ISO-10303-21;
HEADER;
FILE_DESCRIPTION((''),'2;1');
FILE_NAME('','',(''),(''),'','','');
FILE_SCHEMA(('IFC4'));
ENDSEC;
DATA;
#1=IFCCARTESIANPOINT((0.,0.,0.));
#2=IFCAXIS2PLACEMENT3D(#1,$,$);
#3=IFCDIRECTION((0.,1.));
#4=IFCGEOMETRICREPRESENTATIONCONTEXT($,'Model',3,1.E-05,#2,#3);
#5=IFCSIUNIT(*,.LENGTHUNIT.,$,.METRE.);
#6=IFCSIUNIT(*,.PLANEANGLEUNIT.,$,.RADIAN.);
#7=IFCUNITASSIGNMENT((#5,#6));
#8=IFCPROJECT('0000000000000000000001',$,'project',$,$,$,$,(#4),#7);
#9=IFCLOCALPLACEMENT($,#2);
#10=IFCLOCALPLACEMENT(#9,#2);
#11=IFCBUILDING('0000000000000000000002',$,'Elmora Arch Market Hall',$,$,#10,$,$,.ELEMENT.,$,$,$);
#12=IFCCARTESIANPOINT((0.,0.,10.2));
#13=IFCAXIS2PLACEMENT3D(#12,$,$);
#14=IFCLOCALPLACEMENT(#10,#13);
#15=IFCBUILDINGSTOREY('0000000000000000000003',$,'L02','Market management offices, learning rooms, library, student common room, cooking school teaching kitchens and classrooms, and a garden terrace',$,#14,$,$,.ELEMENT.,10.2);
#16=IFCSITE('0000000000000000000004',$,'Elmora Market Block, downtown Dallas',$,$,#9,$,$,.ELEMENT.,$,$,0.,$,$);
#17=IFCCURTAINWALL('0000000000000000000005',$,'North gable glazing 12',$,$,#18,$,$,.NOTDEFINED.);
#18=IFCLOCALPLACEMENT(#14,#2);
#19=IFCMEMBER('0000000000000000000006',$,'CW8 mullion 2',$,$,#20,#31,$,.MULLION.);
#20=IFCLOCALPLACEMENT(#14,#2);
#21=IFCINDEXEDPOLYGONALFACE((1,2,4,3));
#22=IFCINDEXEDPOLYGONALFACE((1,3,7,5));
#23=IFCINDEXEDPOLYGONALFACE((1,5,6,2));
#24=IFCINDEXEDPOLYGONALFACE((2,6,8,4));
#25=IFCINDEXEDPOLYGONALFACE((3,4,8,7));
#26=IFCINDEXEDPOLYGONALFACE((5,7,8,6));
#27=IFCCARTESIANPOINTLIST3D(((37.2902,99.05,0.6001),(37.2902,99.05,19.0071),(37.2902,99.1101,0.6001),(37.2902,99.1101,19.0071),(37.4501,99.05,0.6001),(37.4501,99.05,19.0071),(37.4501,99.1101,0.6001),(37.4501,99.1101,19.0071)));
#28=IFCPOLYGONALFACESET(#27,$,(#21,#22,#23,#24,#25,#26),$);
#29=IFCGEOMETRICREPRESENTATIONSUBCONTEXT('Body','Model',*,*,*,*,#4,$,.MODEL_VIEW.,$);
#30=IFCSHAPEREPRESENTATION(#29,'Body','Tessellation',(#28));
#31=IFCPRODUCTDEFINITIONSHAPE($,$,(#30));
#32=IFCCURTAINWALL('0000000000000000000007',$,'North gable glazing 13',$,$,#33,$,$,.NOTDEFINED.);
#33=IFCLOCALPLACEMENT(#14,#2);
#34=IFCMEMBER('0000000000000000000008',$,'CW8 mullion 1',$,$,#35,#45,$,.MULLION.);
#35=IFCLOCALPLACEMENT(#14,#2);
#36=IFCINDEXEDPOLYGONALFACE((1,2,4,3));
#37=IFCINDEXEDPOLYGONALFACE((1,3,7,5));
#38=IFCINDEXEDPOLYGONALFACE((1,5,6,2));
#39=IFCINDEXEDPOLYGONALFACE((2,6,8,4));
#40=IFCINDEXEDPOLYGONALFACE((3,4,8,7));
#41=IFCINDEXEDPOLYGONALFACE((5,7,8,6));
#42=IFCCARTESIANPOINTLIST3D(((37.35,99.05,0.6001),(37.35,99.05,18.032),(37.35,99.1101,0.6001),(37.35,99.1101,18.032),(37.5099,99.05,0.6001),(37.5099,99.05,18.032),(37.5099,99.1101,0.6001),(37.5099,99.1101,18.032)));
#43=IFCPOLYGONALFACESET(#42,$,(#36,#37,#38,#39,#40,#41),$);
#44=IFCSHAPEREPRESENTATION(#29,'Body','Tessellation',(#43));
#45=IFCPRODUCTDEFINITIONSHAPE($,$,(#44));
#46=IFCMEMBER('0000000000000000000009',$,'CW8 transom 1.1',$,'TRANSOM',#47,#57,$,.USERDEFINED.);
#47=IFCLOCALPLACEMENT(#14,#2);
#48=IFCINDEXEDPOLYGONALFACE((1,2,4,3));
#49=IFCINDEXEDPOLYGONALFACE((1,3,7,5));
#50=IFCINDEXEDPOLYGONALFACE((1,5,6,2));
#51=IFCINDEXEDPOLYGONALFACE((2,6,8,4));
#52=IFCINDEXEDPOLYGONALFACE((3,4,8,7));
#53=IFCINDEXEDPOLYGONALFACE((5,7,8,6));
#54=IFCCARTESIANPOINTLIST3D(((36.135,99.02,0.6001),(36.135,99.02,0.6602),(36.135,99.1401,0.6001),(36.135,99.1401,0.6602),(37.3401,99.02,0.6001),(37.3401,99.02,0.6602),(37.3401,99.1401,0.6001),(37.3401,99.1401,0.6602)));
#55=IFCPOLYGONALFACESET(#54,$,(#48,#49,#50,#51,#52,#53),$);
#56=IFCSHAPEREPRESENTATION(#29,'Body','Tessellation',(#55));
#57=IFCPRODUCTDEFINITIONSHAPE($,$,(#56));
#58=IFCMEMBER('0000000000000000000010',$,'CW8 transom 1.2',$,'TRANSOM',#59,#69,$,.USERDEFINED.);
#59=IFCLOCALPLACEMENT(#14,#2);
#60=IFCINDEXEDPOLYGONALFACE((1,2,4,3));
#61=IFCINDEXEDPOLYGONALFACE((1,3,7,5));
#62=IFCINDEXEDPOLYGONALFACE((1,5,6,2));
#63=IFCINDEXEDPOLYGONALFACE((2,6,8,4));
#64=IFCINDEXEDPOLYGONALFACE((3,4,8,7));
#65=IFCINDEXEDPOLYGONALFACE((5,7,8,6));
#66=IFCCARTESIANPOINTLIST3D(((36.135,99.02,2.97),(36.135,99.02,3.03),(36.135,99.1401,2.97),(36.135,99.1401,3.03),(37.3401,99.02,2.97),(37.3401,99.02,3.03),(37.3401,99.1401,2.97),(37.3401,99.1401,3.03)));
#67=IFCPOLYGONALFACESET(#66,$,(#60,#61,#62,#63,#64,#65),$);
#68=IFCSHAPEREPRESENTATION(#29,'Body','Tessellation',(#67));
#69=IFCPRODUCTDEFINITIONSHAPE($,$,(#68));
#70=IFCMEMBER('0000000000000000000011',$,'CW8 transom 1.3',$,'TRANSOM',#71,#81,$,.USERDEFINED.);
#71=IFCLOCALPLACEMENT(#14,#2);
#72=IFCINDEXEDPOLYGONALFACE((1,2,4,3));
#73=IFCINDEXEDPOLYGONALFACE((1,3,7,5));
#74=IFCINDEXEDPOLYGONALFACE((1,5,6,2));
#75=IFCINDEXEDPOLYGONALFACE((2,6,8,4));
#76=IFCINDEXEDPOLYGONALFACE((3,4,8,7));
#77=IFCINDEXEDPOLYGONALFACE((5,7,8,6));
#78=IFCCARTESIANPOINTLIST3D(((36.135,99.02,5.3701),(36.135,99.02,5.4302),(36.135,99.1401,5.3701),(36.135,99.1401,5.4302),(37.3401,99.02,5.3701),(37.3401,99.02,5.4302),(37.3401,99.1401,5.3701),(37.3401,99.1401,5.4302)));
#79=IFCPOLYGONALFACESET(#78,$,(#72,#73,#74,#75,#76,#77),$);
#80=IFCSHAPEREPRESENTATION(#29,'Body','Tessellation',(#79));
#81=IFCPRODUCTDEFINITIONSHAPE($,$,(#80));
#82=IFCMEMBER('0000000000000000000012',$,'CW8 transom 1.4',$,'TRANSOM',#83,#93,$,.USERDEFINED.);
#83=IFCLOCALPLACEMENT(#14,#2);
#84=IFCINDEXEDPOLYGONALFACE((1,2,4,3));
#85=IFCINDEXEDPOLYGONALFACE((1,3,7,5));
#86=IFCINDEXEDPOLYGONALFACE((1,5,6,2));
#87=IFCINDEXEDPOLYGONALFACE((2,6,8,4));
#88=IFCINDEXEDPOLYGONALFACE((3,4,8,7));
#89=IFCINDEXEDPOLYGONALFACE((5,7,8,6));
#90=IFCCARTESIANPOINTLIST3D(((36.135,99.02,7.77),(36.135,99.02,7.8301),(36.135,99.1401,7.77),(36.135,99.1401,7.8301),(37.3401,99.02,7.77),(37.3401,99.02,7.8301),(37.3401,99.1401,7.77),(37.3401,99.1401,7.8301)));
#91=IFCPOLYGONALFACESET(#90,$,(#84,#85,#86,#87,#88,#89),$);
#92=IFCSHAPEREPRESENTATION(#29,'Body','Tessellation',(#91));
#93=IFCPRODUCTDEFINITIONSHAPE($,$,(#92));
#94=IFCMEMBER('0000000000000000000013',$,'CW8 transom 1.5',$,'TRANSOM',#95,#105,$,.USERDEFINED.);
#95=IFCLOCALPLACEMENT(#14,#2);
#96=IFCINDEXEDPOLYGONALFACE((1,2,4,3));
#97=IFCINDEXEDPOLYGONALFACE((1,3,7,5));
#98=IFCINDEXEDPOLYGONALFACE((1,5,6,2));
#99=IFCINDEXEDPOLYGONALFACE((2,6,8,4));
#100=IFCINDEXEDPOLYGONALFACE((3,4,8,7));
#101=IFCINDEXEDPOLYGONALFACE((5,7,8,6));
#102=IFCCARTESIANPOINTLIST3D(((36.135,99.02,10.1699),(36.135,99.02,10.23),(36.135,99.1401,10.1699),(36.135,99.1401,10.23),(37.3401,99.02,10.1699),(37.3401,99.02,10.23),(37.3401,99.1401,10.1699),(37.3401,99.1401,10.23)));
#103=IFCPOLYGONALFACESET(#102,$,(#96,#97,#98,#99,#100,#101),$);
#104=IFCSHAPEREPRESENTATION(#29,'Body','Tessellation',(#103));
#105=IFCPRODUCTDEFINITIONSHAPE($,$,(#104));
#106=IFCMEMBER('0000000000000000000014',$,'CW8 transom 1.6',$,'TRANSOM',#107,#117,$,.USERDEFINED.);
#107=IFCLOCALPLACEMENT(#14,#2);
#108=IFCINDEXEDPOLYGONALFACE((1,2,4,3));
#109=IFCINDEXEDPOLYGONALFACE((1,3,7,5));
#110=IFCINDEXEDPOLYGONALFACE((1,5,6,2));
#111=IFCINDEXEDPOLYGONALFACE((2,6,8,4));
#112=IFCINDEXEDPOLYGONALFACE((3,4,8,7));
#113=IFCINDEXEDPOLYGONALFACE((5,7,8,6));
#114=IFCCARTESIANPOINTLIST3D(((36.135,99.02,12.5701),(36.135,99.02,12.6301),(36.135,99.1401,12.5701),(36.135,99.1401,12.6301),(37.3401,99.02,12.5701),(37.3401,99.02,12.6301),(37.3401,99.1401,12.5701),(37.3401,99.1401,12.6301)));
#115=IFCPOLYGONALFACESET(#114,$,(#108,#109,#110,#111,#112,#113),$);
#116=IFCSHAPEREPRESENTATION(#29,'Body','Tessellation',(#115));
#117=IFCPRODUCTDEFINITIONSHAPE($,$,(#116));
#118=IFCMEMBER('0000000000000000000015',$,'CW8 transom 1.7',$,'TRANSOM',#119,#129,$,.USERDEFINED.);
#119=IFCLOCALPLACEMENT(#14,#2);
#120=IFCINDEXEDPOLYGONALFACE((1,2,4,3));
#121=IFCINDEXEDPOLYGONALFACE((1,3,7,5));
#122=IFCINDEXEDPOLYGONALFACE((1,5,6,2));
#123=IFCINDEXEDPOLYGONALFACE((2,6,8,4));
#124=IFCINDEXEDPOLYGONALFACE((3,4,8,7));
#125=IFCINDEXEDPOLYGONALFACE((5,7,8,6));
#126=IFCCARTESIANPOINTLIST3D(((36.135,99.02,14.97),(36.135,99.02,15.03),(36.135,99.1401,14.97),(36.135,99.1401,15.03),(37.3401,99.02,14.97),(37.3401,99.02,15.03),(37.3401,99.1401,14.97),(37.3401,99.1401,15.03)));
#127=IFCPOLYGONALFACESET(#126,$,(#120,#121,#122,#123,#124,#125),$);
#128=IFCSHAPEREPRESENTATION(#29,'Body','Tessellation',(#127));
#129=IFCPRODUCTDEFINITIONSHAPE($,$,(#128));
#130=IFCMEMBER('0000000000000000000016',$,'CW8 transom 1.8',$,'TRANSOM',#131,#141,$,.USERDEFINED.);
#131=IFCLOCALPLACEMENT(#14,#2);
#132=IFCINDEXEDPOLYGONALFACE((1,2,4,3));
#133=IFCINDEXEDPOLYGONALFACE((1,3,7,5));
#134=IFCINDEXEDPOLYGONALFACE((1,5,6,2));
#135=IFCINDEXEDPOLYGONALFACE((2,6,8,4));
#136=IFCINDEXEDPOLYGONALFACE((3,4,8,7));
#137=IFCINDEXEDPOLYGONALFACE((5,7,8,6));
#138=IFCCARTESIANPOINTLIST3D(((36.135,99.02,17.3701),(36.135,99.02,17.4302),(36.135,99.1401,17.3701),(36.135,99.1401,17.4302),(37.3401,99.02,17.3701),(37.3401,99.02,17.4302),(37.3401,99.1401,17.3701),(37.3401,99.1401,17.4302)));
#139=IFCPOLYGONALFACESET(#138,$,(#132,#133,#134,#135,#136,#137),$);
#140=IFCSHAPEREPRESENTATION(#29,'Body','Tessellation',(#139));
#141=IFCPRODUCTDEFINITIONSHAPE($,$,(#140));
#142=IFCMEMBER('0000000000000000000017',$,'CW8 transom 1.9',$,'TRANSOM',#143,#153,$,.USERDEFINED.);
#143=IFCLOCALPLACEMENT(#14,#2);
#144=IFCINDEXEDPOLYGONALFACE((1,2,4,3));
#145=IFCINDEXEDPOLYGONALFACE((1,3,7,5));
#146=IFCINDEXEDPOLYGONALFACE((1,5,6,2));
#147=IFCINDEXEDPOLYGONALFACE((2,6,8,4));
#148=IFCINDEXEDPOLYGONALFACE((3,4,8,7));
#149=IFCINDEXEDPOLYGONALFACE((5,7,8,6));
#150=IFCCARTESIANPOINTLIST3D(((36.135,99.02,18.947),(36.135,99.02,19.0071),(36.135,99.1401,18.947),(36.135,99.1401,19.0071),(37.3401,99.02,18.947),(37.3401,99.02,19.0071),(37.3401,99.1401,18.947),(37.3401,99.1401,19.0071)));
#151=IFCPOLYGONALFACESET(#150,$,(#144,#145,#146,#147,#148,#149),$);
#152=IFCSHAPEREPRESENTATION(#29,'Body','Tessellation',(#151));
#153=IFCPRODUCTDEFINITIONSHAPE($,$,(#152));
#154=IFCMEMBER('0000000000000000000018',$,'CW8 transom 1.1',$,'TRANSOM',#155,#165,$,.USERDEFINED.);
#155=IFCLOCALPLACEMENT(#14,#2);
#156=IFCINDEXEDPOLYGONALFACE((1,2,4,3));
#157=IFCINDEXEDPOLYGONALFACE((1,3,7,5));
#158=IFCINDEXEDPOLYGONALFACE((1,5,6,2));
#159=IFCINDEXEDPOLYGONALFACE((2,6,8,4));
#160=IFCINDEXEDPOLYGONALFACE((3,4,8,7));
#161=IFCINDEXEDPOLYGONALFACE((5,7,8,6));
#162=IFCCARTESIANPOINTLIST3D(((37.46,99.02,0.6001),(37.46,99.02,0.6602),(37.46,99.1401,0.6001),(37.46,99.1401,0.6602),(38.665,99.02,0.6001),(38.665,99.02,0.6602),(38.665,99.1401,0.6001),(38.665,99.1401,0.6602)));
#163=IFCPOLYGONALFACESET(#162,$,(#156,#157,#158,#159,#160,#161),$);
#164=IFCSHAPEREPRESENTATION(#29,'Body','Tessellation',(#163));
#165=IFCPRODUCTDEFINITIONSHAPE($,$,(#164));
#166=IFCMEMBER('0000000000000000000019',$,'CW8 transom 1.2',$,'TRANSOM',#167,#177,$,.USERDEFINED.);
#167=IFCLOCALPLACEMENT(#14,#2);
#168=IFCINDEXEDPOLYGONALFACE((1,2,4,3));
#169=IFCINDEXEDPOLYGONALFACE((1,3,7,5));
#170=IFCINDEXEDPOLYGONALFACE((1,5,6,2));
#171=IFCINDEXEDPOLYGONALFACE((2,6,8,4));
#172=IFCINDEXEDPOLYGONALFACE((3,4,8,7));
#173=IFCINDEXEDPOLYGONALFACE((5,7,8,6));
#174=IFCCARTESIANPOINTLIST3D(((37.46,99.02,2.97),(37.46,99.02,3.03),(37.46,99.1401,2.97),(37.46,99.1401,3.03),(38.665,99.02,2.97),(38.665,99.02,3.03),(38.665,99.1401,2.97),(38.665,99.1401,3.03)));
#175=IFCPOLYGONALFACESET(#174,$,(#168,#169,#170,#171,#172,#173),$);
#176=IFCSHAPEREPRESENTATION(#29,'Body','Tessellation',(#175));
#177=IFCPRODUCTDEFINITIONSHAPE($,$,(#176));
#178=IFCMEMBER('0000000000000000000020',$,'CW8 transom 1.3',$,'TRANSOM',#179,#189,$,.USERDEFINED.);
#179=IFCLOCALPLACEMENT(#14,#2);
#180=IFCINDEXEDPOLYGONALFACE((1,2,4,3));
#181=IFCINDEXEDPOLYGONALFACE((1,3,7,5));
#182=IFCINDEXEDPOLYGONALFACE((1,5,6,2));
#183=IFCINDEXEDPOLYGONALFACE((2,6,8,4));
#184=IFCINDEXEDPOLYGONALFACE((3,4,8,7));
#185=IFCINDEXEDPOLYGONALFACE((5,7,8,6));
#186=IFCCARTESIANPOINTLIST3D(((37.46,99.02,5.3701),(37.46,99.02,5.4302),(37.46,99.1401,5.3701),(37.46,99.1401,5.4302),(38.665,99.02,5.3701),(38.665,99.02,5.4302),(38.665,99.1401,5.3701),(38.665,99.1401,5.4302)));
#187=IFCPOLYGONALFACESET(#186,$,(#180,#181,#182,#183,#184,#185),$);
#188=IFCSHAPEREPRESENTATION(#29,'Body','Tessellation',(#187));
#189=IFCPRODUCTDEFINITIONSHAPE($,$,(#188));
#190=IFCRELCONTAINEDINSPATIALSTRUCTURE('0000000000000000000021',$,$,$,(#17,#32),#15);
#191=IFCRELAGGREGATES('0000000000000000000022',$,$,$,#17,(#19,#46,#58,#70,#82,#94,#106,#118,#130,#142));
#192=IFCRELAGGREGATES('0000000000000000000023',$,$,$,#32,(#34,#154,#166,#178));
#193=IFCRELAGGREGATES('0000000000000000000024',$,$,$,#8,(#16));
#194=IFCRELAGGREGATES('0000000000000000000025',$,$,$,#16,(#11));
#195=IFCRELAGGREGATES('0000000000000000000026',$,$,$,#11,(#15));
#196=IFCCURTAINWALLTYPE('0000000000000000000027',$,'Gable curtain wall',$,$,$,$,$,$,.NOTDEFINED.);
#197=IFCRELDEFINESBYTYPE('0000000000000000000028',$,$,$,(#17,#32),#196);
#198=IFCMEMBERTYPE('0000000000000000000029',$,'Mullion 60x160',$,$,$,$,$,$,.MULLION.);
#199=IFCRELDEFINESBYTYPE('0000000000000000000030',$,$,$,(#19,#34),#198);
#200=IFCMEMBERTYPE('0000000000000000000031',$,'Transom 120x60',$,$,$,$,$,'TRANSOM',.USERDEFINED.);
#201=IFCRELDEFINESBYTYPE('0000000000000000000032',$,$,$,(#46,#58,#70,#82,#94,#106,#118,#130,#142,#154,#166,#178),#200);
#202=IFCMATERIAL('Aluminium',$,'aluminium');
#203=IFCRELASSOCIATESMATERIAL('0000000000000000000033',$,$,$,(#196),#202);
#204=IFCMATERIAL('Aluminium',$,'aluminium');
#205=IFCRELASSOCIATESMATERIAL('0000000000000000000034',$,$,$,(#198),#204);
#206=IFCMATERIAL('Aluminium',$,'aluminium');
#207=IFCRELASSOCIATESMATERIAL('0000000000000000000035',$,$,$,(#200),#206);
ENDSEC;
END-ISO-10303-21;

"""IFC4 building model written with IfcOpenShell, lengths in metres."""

from ifc_helpers import new_model, si_unit, direction, frame, origin, origin_2d, place, context, subcontext, project, spatial, rectangle, extrude, material, material_profile, profile_set, type_object, element, aggregate, save


model = new_model("IFC4")

# Units and contexts
model_context = context("Model", 3, precision=1e-05, world=origin(), true_north=direction((0.0, 1.0)))
body_context = subcontext(model_context, "Body", "Model", "MODEL_VIEW")
ifc_project = project(units=[si_unit("LENGTHUNIT", "METRE"), si_unit("PLANEANGLEUNIT", "RADIAN")], contexts=[model_context])

# Site, building, storey
site_placement = place(None, origin())
site = spatial("IfcSite", under=ifc_project, at=site_placement, Name="Elmora Market Block, downtown Dallas", CompositionType="ELEMENT", RefElevation=0.0)
building_placement = place(site_placement, origin())
building = spatial("IfcBuilding", under=site, at=building_placement, Name="Elmora Arch Market Hall", CompositionType="ELEMENT")
storey_placement = place(building_placement, frame((0.0, 0.0, 10.2)))
storey = spatial("IfcBuildingStorey", under=building, at=storey_placement, Name="L02", Description="Market management offices, learning rooms, library, student common room, cooking school teaching kitchens and classrooms, and a garden terrace", CompositionType="ELEMENT", Elevation=10.2)

# Curtain walls, members
ifc_material_1 = material(Name="Aluminium", Category="aluminium")
curtain_wall_type = type_object("IfcCurtainWallType", Name="Gable curtain wall", PredefinedType="NOTDEFINED", material=ifc_material_1)
curtain_wall_1_placement = place(storey_placement, origin())
curtain_wall_1 = element("IfcCurtainWall", 1, at=curtain_wall_1_placement, inside=storey, type_object=curtain_wall_type, Name="North gable glazing 12", PredefinedType="NOTDEFINED")
ifc_material_2 = material(Name="Aluminium", Category="aluminium")
ifc_material_profile_1 = material_profile(ifc_material_2, rectangle(XDim=0.0601, YDim=0.1599, at=origin_2d()), Name="AL 60x160")
ifc_profile_set_1 = profile_set([ifc_material_profile_1], Name="Aluminium")
member_type_1 = type_object("IfcMemberType", Name="Mullion 60x160", PredefinedType="MULLION", material=ifc_profile_set_1)
member_1_placement = place(storey_placement, frame((37.3701, 99.0801, 0.6001), z_axis=(0.0, 0.0, 1.0), x_axis=(0.0, 1.0, 0.0)))
member_1 = element("IfcMember", 2, at=member_1_placement, type_object=member_type_1, Name="CW8 mullion 2", PredefinedType="MULLION", context=body_context, shape_type="SweptSolid", body=[
    extrude(rectangle(XDim=0.0601, YDim=0.1599, at=origin_2d()), origin(), (0.0, 0.0, 1.0), 18.407),
])
curtain_wall_2_placement = place(storey_placement, origin())
curtain_wall_2 = element("IfcCurtainWall", 3, at=curtain_wall_2_placement, inside=storey, type_object=curtain_wall_type, Name="North gable glazing 13", PredefinedType="NOTDEFINED")
member_2_placement = place(storey_placement, frame((37.4299, 99.0801, 0.6001), z_axis=(0.0, 0.0, 1.0), x_axis=(0.0, 1.0, 0.0)))
member_2 = element("IfcMember", 4, at=member_2_placement, type_object=member_type_1, Name="CW8 mullion 1", PredefinedType="MULLION", context=body_context, shape_type="SweptSolid", body=[
    extrude(rectangle(XDim=0.0601, YDim=0.1599, at=origin_2d()), origin(), (0.0, 0.0, 1.0), 17.4319),
])

# Members
ifc_material_3 = material(Name="Aluminium", Category="aluminium")
ifc_material_profile_2 = material_profile(ifc_material_3, rectangle(XDim=0.1201, YDim=0.0601, at=origin_2d()), Name="AL 120x60")
ifc_profile_set_2 = profile_set([ifc_material_profile_2], Name="Aluminium")
member_type_2 = type_object("IfcMemberType", Name="Transom 120x60", ElementType="TRANSOM", PredefinedType="USERDEFINED", material=ifc_profile_set_2)
member_3_placement = place(storey_placement, frame((36.135, 99.0801, 0.6301), z_axis=(1.0, 0.0, 0.0), x_axis=(0.0, 1.0, 0.0)))
member_3 = element("IfcMember", 5, at=member_3_placement, type_object=member_type_2, Name="CW8 transom 1.1", ObjectType="TRANSOM", PredefinedType="USERDEFINED", context=body_context, shape_type="SweptSolid", body=[
    extrude(rectangle(XDim=0.1201, YDim=0.0601, at=origin_2d()), origin(), (0.0, 0.0, 1.0), 1.2051),
])
member_4_placement = place(storey_placement, frame((36.135, 99.0801, 3.0), z_axis=(1.0, 0.0, 0.0), x_axis=(0.0, 1.0, 0.0)))
member_4 = element("IfcMember", 6, at=member_4_placement, type_object=member_type_2, Name="CW8 transom 1.2", ObjectType="TRANSOM", PredefinedType="USERDEFINED", context=body_context, shape_type="SweptSolid", body=[
    extrude(rectangle(XDim=0.1201, YDim=0.0601, at=origin_2d()), origin(), (0.0, 0.0, 1.0), 1.2051),
])
member_5_placement = place(storey_placement, frame((36.135, 99.0801, 5.4001), z_axis=(1.0, 0.0, 0.0), x_axis=(0.0, 1.0, 0.0)))
member_5 = element("IfcMember", 7, at=member_5_placement, type_object=member_type_2, Name="CW8 transom 1.3", ObjectType="TRANSOM", PredefinedType="USERDEFINED", context=body_context, shape_type="SweptSolid", body=[
    extrude(rectangle(XDim=0.1201, YDim=0.0601, at=origin_2d()), origin(), (0.0, 0.0, 1.0), 1.2051),
])
member_6_placement = place(storey_placement, frame((36.135, 99.0801, 7.8), z_axis=(1.0, 0.0, 0.0), x_axis=(0.0, 1.0, 0.0)))
member_6 = element("IfcMember", 8, at=member_6_placement, type_object=member_type_2, Name="CW8 transom 1.4", ObjectType="TRANSOM", PredefinedType="USERDEFINED", context=body_context, shape_type="SweptSolid", body=[
    extrude(rectangle(XDim=0.1201, YDim=0.0601, at=origin_2d()), origin(), (0.0, 0.0, 1.0), 1.2051),
])
member_7_placement = place(storey_placement, frame((36.135, 99.0801, 10.2), z_axis=(1.0, 0.0, 0.0), x_axis=(0.0, 1.0, 0.0)))
member_7 = element("IfcMember", 9, at=member_7_placement, type_object=member_type_2, Name="CW8 transom 1.5", ObjectType="TRANSOM", PredefinedType="USERDEFINED", context=body_context, shape_type="SweptSolid", body=[
    extrude(rectangle(XDim=0.1201, YDim=0.0601, at=origin_2d()), origin(), (0.0, 0.0, 1.0), 1.2051),
])
member_8_placement = place(storey_placement, frame((36.135, 99.0801, 12.6001), z_axis=(1.0, 0.0, 0.0), x_axis=(0.0, 1.0, 0.0)))
member_8 = element("IfcMember", 10, at=member_8_placement, type_object=member_type_2, Name="CW8 transom 1.6", ObjectType="TRANSOM", PredefinedType="USERDEFINED", context=body_context, shape_type="SweptSolid", body=[
    extrude(rectangle(XDim=0.1201, YDim=0.0601, at=origin_2d()), origin(), (0.0, 0.0, 1.0), 1.2051),
])
member_9_placement = place(storey_placement, frame((36.135, 99.0801, 15.0), z_axis=(1.0, 0.0, 0.0), x_axis=(0.0, 1.0, 0.0)))
member_9 = element("IfcMember", 11, at=member_9_placement, type_object=member_type_2, Name="CW8 transom 1.7", ObjectType="TRANSOM", PredefinedType="USERDEFINED", context=body_context, shape_type="SweptSolid", body=[
    extrude(rectangle(XDim=0.1201, YDim=0.0601, at=origin_2d()), origin(), (0.0, 0.0, 1.0), 1.2051),
])
member_10_placement = place(storey_placement, frame((36.135, 99.0801, 17.4001), z_axis=(1.0, 0.0, 0.0), x_axis=(0.0, 1.0, 0.0)))
member_10 = element("IfcMember", 12, at=member_10_placement, type_object=member_type_2, Name="CW8 transom 1.8", ObjectType="TRANSOM", PredefinedType="USERDEFINED", context=body_context, shape_type="SweptSolid", body=[
    extrude(rectangle(XDim=0.1201, YDim=0.0601, at=origin_2d()), origin(), (0.0, 0.0, 1.0), 1.2051),
])
member_11_placement = place(storey_placement, frame((36.135, 99.0801, 18.9771), z_axis=(1.0, 0.0, 0.0), x_axis=(0.0, 1.0, 0.0)))
member_11 = element("IfcMember", 13, at=member_11_placement, type_object=member_type_2, Name="CW8 transom 1.9", ObjectType="TRANSOM", PredefinedType="USERDEFINED", context=body_context, shape_type="SweptSolid", body=[
    extrude(rectangle(XDim=0.1201, YDim=0.0601, at=origin_2d()), origin(), (0.0, 0.0, 1.0), 1.2051),
])
member_12_placement = place(storey_placement, frame((37.46, 99.0801, 0.6301), z_axis=(1.0, 0.0, 0.0), x_axis=(0.0, 1.0, 0.0)))
member_12 = element("IfcMember", 14, at=member_12_placement, type_object=member_type_2, Name="CW8 transom 1.1", ObjectType="TRANSOM", PredefinedType="USERDEFINED", context=body_context, shape_type="SweptSolid", body=[
    extrude(rectangle(XDim=0.1201, YDim=0.0601, at=origin_2d()), origin(), (0.0, 0.0, 1.0), 1.2051),
])
member_13_placement = place(storey_placement, frame((37.46, 99.0801, 3.0), z_axis=(1.0, 0.0, 0.0), x_axis=(0.0, 1.0, 0.0)))
member_13 = element("IfcMember", 15, at=member_13_placement, type_object=member_type_2, Name="CW8 transom 1.2", ObjectType="TRANSOM", PredefinedType="USERDEFINED", context=body_context, shape_type="SweptSolid", body=[
    extrude(rectangle(XDim=0.1201, YDim=0.0601, at=origin_2d()), origin(), (0.0, 0.0, 1.0), 1.2051),
])
member_14_placement = place(storey_placement, frame((37.46, 99.0801, 5.4001), z_axis=(1.0, 0.0, 0.0), x_axis=(0.0, 1.0, 0.0)))
member_14 = element("IfcMember", 16, at=member_14_placement, type_object=member_type_2, Name="CW8 transom 1.3", ObjectType="TRANSOM", PredefinedType="USERDEFINED", context=body_context, shape_type="SweptSolid", body=[
    extrude(rectangle(XDim=0.1201, YDim=0.0601, at=origin_2d()), origin(), (0.0, 0.0, 1.0), 1.2051),
])

aggregate(curtain_wall_1, [member_1, member_3, member_4, member_5, member_6, member_7, member_8, member_9, member_10, member_11])
aggregate(curtain_wall_2, [member_2, member_12, member_13, member_14])

save(model, "model.ifc")
